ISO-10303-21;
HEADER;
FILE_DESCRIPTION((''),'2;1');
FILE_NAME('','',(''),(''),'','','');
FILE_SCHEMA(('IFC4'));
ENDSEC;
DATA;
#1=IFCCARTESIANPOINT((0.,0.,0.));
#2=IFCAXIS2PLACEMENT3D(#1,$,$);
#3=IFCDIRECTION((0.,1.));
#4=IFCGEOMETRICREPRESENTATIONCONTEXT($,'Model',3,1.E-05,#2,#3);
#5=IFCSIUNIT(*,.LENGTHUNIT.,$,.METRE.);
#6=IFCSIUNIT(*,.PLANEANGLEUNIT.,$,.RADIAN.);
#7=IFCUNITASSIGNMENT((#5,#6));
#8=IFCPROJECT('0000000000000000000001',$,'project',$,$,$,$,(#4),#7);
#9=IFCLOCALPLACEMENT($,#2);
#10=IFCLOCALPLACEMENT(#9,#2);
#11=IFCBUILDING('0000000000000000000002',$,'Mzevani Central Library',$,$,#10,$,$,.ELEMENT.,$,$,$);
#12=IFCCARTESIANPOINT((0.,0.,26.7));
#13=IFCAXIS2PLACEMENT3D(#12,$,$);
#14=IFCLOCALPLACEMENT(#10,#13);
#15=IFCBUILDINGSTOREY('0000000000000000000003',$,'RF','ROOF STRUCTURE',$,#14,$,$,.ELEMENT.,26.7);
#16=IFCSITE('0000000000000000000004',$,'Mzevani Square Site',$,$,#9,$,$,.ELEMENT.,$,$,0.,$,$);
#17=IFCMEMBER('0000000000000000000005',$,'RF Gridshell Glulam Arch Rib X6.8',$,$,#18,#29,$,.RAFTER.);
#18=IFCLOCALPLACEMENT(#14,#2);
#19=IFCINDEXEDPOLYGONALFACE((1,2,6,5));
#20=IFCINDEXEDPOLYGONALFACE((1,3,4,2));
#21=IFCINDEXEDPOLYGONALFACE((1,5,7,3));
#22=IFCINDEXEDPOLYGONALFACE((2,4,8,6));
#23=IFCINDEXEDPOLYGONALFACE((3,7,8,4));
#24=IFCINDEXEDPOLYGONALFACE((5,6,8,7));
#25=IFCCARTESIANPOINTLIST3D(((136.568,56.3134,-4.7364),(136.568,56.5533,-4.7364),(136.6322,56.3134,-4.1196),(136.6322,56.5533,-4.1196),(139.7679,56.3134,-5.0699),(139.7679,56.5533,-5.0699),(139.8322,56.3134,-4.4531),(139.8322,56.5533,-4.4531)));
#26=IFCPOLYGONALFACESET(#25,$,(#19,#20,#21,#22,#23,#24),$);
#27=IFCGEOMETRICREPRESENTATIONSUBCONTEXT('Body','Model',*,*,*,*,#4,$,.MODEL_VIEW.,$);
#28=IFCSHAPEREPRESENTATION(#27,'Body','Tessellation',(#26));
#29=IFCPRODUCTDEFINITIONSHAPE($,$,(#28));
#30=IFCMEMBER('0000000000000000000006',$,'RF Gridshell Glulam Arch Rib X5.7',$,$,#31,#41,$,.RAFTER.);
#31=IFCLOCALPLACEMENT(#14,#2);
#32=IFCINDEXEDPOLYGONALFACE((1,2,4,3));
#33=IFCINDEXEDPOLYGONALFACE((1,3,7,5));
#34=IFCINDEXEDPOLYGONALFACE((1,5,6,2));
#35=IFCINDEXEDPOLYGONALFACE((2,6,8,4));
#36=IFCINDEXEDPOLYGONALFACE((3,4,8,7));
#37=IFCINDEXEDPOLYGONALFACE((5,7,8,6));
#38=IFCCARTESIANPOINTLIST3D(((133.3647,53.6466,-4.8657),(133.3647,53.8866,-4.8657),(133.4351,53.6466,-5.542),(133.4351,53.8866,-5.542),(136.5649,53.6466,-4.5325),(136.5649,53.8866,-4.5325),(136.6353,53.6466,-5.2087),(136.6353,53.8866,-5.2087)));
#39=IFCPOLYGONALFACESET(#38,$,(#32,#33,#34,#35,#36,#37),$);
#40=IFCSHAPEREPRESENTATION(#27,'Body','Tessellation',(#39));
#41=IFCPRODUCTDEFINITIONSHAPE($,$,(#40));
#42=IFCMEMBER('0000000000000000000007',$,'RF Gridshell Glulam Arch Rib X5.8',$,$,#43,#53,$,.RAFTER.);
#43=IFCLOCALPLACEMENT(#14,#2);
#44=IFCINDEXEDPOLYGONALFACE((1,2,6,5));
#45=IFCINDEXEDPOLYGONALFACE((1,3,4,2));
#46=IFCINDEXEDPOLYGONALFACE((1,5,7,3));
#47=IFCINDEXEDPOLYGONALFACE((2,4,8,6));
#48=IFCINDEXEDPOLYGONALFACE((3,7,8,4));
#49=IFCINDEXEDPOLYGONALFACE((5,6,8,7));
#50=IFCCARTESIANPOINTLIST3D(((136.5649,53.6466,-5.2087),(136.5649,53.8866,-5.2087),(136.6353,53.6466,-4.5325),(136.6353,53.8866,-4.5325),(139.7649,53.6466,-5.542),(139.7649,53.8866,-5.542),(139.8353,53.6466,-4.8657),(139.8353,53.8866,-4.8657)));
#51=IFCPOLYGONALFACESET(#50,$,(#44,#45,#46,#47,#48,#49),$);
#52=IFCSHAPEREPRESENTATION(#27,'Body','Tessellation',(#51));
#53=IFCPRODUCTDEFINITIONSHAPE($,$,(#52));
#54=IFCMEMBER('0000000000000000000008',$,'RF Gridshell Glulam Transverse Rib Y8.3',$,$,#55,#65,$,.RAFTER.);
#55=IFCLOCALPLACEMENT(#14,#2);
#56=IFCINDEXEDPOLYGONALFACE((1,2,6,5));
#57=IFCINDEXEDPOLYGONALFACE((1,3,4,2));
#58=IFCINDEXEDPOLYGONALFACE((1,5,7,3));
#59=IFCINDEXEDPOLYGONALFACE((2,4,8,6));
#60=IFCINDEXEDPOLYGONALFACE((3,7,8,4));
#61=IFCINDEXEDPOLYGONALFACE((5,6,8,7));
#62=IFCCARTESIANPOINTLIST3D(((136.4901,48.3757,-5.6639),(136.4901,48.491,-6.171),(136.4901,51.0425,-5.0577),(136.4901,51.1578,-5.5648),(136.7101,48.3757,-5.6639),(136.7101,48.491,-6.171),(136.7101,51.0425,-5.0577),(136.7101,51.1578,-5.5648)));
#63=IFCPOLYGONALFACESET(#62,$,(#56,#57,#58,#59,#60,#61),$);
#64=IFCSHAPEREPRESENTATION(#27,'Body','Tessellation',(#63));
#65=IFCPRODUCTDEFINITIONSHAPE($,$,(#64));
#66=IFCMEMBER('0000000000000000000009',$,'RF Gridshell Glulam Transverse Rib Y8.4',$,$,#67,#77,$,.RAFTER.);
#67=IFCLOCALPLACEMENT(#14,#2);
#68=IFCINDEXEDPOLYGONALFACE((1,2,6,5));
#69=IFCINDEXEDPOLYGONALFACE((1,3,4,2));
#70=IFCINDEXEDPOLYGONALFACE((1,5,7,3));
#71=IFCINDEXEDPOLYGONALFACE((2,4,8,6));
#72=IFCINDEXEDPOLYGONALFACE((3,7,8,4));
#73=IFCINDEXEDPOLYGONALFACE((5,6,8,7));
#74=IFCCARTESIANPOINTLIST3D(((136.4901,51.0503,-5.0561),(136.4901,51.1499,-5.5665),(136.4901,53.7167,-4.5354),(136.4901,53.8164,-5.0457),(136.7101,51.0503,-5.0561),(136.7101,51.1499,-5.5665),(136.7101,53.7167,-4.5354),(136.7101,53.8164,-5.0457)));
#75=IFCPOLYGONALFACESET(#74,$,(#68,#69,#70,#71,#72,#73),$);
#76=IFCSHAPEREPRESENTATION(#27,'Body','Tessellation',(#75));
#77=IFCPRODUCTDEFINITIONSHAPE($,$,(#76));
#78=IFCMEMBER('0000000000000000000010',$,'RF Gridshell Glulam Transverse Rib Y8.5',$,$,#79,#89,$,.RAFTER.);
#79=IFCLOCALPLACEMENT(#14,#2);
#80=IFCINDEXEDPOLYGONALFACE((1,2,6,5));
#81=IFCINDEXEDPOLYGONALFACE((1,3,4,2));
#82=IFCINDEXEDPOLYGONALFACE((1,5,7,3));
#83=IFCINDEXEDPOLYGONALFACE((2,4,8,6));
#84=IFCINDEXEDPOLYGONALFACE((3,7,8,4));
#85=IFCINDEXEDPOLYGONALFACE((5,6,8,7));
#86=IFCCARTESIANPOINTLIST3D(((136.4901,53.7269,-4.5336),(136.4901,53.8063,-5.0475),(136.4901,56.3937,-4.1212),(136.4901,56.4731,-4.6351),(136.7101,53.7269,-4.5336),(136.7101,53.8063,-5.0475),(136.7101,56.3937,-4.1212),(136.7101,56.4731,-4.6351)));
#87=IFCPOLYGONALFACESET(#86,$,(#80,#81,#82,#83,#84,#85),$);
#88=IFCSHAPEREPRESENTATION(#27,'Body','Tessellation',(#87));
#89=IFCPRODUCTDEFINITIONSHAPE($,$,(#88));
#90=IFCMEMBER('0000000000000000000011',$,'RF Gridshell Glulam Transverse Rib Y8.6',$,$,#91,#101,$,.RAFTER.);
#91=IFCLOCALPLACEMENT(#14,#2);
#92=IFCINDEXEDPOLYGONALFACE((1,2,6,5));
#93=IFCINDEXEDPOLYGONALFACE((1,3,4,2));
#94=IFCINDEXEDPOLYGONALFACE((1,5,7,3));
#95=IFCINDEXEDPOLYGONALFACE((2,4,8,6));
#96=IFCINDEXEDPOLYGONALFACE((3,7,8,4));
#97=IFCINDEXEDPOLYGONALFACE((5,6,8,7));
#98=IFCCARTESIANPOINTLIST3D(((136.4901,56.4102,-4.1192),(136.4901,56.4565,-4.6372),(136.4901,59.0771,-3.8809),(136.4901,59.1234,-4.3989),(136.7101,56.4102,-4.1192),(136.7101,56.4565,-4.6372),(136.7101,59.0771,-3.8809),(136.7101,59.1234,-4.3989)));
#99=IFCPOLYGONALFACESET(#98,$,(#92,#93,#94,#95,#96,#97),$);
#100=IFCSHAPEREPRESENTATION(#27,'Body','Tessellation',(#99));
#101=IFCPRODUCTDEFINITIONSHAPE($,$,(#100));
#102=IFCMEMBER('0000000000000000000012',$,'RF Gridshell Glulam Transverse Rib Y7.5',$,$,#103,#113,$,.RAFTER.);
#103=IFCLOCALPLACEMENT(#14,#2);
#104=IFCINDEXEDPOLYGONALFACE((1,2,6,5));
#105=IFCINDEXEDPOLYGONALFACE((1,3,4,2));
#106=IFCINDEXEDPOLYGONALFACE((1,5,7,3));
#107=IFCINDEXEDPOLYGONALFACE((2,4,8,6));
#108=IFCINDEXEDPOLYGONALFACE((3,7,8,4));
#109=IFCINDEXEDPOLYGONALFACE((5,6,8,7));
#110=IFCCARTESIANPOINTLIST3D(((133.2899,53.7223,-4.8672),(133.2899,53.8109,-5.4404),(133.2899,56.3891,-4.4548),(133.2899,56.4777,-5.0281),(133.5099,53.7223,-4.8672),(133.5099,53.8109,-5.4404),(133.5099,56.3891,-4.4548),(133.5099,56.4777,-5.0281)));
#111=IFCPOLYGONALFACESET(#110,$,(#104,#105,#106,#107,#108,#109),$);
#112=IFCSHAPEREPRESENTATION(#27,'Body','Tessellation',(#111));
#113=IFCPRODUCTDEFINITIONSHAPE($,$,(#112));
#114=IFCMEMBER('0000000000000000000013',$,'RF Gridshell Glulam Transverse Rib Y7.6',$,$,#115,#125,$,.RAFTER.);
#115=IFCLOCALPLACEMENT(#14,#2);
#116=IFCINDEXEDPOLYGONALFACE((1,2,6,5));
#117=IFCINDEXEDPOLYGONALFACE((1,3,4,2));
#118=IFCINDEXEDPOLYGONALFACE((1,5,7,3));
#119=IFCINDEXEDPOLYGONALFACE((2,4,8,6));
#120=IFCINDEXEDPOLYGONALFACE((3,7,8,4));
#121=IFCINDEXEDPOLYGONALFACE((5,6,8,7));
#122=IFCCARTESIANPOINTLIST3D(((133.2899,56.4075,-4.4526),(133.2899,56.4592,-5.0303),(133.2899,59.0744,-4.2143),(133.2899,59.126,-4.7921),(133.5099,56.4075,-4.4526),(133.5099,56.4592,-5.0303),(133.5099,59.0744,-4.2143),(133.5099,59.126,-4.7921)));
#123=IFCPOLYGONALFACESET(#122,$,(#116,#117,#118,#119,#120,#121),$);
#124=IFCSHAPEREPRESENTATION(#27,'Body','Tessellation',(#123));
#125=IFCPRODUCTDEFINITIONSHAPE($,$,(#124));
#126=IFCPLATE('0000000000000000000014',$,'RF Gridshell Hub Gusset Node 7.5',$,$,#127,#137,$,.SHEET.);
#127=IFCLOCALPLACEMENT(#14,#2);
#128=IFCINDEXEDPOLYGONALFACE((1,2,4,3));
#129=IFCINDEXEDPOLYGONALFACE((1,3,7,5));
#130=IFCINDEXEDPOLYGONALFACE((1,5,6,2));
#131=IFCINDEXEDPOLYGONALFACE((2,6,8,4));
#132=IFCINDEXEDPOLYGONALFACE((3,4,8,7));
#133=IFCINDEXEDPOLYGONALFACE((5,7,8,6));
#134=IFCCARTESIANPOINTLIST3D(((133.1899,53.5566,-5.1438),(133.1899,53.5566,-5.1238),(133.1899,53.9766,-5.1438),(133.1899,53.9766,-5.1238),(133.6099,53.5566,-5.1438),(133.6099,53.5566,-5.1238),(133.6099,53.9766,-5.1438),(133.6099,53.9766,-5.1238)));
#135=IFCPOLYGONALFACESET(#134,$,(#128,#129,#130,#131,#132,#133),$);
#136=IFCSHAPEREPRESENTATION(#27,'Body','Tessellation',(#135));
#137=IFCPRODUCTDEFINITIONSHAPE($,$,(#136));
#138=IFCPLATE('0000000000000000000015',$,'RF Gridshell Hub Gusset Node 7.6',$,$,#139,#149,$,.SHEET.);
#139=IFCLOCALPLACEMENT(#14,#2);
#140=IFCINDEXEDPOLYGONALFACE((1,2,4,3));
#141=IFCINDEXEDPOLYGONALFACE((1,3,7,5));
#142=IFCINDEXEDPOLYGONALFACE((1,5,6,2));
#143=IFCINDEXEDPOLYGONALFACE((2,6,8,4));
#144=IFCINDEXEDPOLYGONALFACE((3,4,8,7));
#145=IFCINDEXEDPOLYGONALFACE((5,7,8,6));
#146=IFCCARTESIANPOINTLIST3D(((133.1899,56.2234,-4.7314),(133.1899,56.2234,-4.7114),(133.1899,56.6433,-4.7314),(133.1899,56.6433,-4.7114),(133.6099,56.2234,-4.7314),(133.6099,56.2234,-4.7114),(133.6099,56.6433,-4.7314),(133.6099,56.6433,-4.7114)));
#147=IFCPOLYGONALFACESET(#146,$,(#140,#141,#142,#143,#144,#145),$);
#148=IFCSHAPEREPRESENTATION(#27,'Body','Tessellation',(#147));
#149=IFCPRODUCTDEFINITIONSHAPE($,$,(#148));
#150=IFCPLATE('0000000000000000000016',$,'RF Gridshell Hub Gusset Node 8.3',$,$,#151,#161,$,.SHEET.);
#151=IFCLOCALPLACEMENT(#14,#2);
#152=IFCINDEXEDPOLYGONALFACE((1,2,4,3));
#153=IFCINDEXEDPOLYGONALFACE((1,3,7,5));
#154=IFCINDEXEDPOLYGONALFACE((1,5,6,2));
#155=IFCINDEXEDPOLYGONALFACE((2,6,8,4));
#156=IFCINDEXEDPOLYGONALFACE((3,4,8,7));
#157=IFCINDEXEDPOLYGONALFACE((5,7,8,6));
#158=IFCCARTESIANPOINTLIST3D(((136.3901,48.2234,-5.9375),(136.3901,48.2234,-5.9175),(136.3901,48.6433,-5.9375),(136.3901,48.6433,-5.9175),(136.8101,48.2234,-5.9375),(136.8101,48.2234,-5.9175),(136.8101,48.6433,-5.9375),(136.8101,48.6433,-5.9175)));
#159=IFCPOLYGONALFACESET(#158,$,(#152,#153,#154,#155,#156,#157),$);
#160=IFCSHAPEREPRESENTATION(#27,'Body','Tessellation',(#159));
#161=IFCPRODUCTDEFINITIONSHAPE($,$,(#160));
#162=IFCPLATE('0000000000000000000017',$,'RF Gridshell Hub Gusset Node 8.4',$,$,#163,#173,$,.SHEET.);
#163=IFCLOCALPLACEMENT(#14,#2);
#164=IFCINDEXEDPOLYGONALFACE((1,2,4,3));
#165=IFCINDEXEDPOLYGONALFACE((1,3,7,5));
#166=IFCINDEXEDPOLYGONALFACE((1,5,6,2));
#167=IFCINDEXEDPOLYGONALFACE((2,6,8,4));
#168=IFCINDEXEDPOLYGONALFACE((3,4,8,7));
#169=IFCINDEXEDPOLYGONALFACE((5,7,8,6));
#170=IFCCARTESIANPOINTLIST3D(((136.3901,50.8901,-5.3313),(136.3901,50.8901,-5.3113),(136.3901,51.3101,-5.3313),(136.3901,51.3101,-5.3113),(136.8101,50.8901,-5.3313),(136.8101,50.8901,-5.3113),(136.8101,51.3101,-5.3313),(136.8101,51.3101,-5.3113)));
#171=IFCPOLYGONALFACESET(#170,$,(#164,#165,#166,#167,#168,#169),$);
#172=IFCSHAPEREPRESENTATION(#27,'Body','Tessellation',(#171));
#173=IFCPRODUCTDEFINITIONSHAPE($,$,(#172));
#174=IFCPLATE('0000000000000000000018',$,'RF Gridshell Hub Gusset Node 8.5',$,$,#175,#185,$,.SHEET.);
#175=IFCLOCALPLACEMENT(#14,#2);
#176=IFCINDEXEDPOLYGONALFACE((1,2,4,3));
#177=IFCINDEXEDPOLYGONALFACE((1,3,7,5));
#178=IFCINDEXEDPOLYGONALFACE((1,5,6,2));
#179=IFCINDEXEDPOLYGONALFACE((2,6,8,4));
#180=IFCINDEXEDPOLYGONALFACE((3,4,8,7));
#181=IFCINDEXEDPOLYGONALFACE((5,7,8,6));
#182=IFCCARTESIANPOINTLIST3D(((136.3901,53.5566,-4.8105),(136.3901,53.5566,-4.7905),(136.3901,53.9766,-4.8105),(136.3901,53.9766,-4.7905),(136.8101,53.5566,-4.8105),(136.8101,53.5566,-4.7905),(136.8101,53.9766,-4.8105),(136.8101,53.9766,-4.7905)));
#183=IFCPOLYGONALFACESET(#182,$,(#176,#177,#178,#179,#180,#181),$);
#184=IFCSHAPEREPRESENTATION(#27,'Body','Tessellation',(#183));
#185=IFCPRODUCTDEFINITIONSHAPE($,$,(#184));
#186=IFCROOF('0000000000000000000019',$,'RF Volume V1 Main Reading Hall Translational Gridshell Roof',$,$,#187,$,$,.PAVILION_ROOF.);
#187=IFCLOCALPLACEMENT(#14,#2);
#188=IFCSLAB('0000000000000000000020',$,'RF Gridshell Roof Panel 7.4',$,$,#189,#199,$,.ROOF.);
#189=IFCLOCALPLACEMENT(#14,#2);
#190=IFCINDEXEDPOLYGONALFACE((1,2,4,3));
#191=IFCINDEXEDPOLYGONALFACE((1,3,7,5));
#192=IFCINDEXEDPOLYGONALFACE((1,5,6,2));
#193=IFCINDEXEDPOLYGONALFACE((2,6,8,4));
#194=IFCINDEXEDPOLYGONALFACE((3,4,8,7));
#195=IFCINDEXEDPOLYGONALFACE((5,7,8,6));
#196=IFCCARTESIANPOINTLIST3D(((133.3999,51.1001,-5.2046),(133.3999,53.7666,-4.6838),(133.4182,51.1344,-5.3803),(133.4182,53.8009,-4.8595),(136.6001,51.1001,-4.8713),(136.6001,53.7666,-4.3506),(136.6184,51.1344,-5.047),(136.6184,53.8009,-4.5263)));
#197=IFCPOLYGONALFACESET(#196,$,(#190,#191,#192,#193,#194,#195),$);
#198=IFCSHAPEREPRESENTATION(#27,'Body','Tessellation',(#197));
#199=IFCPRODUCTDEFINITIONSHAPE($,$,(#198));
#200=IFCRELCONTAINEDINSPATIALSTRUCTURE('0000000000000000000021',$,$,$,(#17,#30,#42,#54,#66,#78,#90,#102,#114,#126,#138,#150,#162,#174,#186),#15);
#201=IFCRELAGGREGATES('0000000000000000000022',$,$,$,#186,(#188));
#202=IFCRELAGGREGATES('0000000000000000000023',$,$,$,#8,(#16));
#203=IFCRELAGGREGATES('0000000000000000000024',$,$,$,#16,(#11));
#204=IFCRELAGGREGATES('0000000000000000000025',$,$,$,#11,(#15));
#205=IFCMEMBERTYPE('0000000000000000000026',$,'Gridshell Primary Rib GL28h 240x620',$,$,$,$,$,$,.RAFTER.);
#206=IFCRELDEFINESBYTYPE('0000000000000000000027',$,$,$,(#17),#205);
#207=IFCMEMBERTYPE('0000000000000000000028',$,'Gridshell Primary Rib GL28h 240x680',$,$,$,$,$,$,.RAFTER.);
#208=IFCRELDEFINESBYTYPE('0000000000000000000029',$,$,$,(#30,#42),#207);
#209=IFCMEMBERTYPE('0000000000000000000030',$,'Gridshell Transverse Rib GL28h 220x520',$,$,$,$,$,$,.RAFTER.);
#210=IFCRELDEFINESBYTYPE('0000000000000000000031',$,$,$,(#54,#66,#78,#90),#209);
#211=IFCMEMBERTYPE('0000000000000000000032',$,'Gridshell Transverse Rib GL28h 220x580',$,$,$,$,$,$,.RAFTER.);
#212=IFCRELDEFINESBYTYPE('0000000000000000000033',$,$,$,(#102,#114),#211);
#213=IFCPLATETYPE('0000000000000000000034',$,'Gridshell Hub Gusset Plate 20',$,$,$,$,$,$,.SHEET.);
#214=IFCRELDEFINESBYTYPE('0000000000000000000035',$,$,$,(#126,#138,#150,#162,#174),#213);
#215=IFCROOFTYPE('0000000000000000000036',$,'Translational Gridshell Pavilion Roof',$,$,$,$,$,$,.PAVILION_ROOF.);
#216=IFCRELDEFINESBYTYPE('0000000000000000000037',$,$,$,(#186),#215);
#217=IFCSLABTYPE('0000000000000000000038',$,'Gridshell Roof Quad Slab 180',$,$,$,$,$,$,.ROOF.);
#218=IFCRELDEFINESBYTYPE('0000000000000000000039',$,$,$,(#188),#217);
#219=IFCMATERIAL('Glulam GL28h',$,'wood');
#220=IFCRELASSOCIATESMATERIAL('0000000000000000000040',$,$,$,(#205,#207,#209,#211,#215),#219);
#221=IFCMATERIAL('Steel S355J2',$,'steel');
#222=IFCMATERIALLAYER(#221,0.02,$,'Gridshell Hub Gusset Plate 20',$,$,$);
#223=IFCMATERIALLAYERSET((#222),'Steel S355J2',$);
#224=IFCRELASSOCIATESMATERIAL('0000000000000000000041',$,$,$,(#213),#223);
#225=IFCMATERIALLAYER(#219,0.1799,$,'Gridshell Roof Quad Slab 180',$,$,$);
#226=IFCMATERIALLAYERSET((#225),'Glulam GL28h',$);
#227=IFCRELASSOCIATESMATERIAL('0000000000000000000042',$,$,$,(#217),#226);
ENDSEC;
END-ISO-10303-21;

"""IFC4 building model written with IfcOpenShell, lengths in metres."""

from ifc_helpers import new_model, si_unit, direction, frame, origin, origin_2d, place, context, subcontext, project, spatial, polyline, rectangle, outline, extrude, material, layer, layer_set, material_profile, profile_set, type_object, element, aggregate, save


model = new_model("IFC4")

# Units and contexts
model_context = context("Model", 3, precision=1e-05, world=origin(), true_north=direction((0.0, 1.0)))
body_context = subcontext(model_context, "Body", "Model", "MODEL_VIEW")
ifc_project = project(units=[si_unit("LENGTHUNIT", "METRE"), si_unit("PLANEANGLEUNIT", "RADIAN")], contexts=[model_context])

# Site, building, storey
site_placement = place(None, origin())
site = spatial("IfcSite", under=ifc_project, at=site_placement, Name="Mzevani Square Site", CompositionType="ELEMENT", RefElevation=0.0)
building_placement = place(site_placement, origin())
building = spatial("IfcBuilding", under=site, at=building_placement, Name="Mzevani Central Library", CompositionType="ELEMENT")
storey_placement = place(building_placement, frame((0.0, 0.0, 26.7)))
storey = spatial("IfcBuildingStorey", under=building, at=storey_placement, Name="RF", Description="ROOF STRUCTURE", CompositionType="ELEMENT", Elevation=26.7)

# Members
ifc_material_1 = material(Name="Steel S355J2", Category="steel")
ifc_material_2 = material(Name="Glulam GL28h", Category="wood")
ifc_material_profile_1 = material_profile(ifc_material_2, rectangle(XDim=0.24, YDim=0.6201, at=origin_2d()), Name="GL28h 240x620")
ifc_profile_set_1 = profile_set([ifc_material_profile_1], Name="Glulam GL28h")
member_type_1 = type_object("IfcMemberType", Name="Gridshell Primary Rib GL28h 240x620", PredefinedType="RAFTER", material=ifc_profile_set_1)
member_1_placement = place(storey_placement, frame((136.6001, 56.4333, -4.428), z_axis=(0.994613, 0.0, -0.103658), x_axis=(0.0, 1.0, 0.0)))
element("IfcMember", 1, at=member_1_placement, inside=storey, type_object=member_type_1, Name="RF Gridshell Glulam Arch Rib X6.8", PredefinedType="RAFTER", context=body_context, shape_type="SweptSolid", body=[
    extrude(rectangle(XDim=0.24, YDim=0.6201, at=origin_2d()), origin(), (0.0, 0.0, 1.0), 3.2173),
])
ifc_material_profile_2 = material_profile(ifc_material_2, rectangle(XDim=0.24, YDim=0.6799, at=origin_2d()), Name="GL28h 240x680")
ifc_profile_set_2 = profile_set([ifc_material_profile_2], Name="Glulam GL28h")
member_type_2 = type_object("IfcMemberType", Name="Gridshell Primary Rib GL28h 240x680", PredefinedType="RAFTER", material=ifc_profile_set_2)
member_2_placement = place(storey_placement, frame((133.3999, 53.7666, -5.2039), z_axis=(0.994622, 0.0, 0.103575), x_axis=(0.0, 1.0, 0.0)))
element("IfcMember", 2, at=member_2_placement, inside=storey, type_object=member_type_2, Name="RF Gridshell Glulam Arch Rib X5.7", PredefinedType="RAFTER", context=body_context, shape_type="SweptSolid", body=[
    extrude(rectangle(XDim=0.24, YDim=0.6799, at=origin_2d()), origin(), (0.0, 0.0, 1.0), 3.2175),
])
member_3_placement = place(storey_placement, frame((136.6001, 53.7666, -4.8706), z_axis=(0.994621, 0.0, -0.103583), x_axis=(0.0, 1.0, 0.0)))
element("IfcMember", 3, at=member_3_placement, inside=storey, type_object=member_type_2, Name="RF Gridshell Glulam Arch Rib X5.8", PredefinedType="RAFTER", context=body_context, shape_type="SweptSolid", body=[
    extrude(rectangle(XDim=0.24, YDim=0.6799, at=origin_2d()), origin(), (0.0, 0.0, 1.0), 3.2173),
])
ifc_material_profile_3 = material_profile(ifc_material_2, rectangle(XDim=0.22, YDim=0.52, at=origin_2d()), Name="GL28h 220x520")
ifc_profile_set_3 = profile_set([ifc_material_profile_3], Name="Glulam GL28h")
member_type_3 = type_object("IfcMemberType", Name="Gridshell Transverse Rib GL28h 220x520", PredefinedType="RAFTER", material=ifc_profile_set_3)
member_4_placement = place(storey_placement, frame((136.6001, 48.4333, -5.9175), z_axis=(0.0, 0.975123, 0.221664), x_axis=(-1.0, 0.0, 0.0)))
element("IfcMember", 4, at=member_4_placement, inside=storey, type_object=member_type_3, Name="RF Gridshell Glulam Transverse Rib Y8.3", PredefinedType="RAFTER", context=body_context, shape_type="SweptSolid", body=[
    extrude(rectangle(XDim=0.22, YDim=0.52, at=origin_2d()), origin(), (0.0, 0.0, 1.0), 2.7349),
])
member_5_placement = place(storey_placement, frame((136.6001, 51.1001, -5.3113), z_axis=(0.0, 0.981459, 0.191673), x_axis=(-1.0, 0.0, 0.0)))
element("IfcMember", 5, at=member_5_placement, inside=storey, type_object=member_type_3, Name="RF Gridshell Glulam Transverse Rib Y8.4", PredefinedType="RAFTER", context=body_context, shape_type="SweptSolid", body=[
    extrude(rectangle(XDim=0.22, YDim=0.52, at=origin_2d()), origin(), (0.0, 0.0, 1.0), 2.7168),
])
member_6_placement = place(storey_placement, frame((136.6001, 53.7666, -4.7905), z_axis=(0.0, 0.988255, 0.152812), x_axis=(-1.0, 0.0, 0.0)))
element("IfcMember", 6, at=member_6_placement, inside=storey, type_object=member_type_3, Name="RF Gridshell Glulam Transverse Rib Y8.5", PredefinedType="RAFTER", context=body_context, shape_type="SweptSolid", body=[
    extrude(rectangle(XDim=0.22, YDim=0.52, at=origin_2d()), origin(), (0.0, 0.0, 1.0), 2.6985),
])
member_7_placement = place(storey_placement, frame((136.6001, 56.4333, -4.3782), z_axis=(0.0, 0.996032, 0.088998), x_axis=(-1.0, 0.0, 0.0)))
element("IfcMember", 7, at=member_7_placement, inside=storey, type_object=member_type_3, Name="RF Gridshell Glulam Transverse Rib Y8.6", PredefinedType="RAFTER", context=body_context, shape_type="SweptSolid", body=[
    extrude(rectangle(XDim=0.22, YDim=0.52, at=origin_2d()), origin(), (0.0, 0.0, 1.0), 2.6775),
])
ifc_material_profile_4 = material_profile(ifc_material_2, rectangle(XDim=0.22, YDim=0.5801, at=origin_2d()), Name="GL28h 220x580")
ifc_profile_set_4 = profile_set([ifc_material_profile_4], Name="Glulam GL28h")
member_type_4 = type_object("IfcMemberType", Name="Gridshell Transverse Rib GL28h 220x580", PredefinedType="RAFTER", material=ifc_profile_set_4)
member_8_placement = place(storey_placement, frame((133.3999, 53.7666, -5.1538), z_axis=(0.0, 0.988255, 0.152812), x_axis=(-1.0, 0.0, 0.0)))
element("IfcMember", 8, at=member_8_placement, inside=storey, type_object=member_type_4, Name="RF Gridshell Glulam Transverse Rib Y7.5", PredefinedType="RAFTER", context=body_context, shape_type="SweptSolid", body=[
    extrude(rectangle(XDim=0.22, YDim=0.5801, at=origin_2d()), origin(), (0.0, 0.0, 1.0), 2.6985),
])
member_9_placement = place(storey_placement, frame((133.3999, 56.4333, -4.7415), z_axis=(0.0, 0.996032, 0.088998), x_axis=(-1.0, 0.0, 0.0)))
element("IfcMember", 9, at=member_9_placement, inside=storey, type_object=member_type_4, Name="RF Gridshell Glulam Transverse Rib Y7.6", PredefinedType="RAFTER", context=body_context, shape_type="SweptSolid", body=[
    extrude(rectangle(XDim=0.22, YDim=0.5801, at=origin_2d()), origin(), (0.0, 0.0, 1.0), 2.6775),
])

# Plates
ifc_layer_1 = layer(ifc_material_1, 0.02, Name="Gridshell Hub Gusset Plate 20")
ifc_layer_set_1 = layer_set([ifc_layer_1], Name="Steel S355J2")
plate_type = type_object("IfcPlateType", Name="Gridshell Hub Gusset Plate 20", PredefinedType="SHEET", material=ifc_layer_set_1)
for number, where, z_axis, x_axis, name in (
    (10, (133.3999, 53.7666, -5.1438), (0.0, 0.0, 1.0), (1.0, 0.0, 0.0), "RF Gridshell Hub Gusset Node 7.5"),
    (11, (133.3999, 56.4333, -4.7314), (0.0, 0.0, 1.0), (1.0, 0.0, 0.0), "RF Gridshell Hub Gusset Node 7.6"),
    (12, (136.6001, 48.4333, -5.9375), (0.0, 0.0, 1.0), (1.0, 0.0, 0.0), "RF Gridshell Hub Gusset Node 8.3"),
    (13, (136.6001, 51.1001, -5.3313), (0.0, 0.0, 1.0), (1.0, 0.0, 0.0), "RF Gridshell Hub Gusset Node 8.4"),
    (14, (136.6001, 53.7666, -4.8105), (0.0, 0.0, 1.0), (1.0, 0.0, 0.0), "RF Gridshell Hub Gusset Node 8.5"),
):
    element("IfcPlate", number, at=place(storey_placement, frame(where, z_axis=z_axis, x_axis=x_axis)), inside=storey, type_object=plate_type, Name=name, PredefinedType="SHEET", context=body_context, shape_type="SweptSolid", body=[
        extrude(rectangle(XDim=0.4199, YDim=0.4199, at=origin_2d()), origin(), (0.0, 0.0, 1.0), 0.02),
    ])

# Roof, slab
roof_type = type_object("IfcRoofType", Name="Translational Gridshell Pavilion Roof", PredefinedType="PAVILION_ROOF", material=ifc_material_2)
roof_placement = place(storey_placement, origin())
roof = element("IfcRoof", 15, at=roof_placement, inside=storey, type_object=roof_type, Name="RF Volume V1 Main Reading Hall Translational Gridshell Roof", PredefinedType="PAVILION_ROOF")
ifc_layer_2 = layer(ifc_material_2, 0.1799, Name="Gridshell Roof Quad Slab 180")
ifc_layer_set_2 = layer_set([ifc_layer_2], Name="Glulam GL28h")
slab_type = type_object("IfcSlabType", Name="Gridshell Roof Quad Slab 180", PredefinedType="ROOF", material=ifc_layer_set_2)
slab_1_placement = place(storey_placement, frame((133.3999, 51.1001, -5.2046), z_axis=(-0.101674, -0.19068, 0.976373), x_axis=(0.994622, 0.0, 0.103575)))
slab_1 = element("IfcSlab", 16, at=slab_1_placement, type_object=slab_type, Name="RF Gridshell Roof Panel 7.4", PredefinedType="ROOF", context=body_context, shape_type="SweptSolid", body=[
    extrude(outline(polyline([(0.0, 0.0), (3.2175, 0.0), (3.2714, 2.7163), (0.0539, 2.7163), (0.0, 0.0)])), origin(), (0.0, 0.0, -1.0), 0.1799),
])
aggregate(roof, [slab_1])

save(model, "model.ifc")
